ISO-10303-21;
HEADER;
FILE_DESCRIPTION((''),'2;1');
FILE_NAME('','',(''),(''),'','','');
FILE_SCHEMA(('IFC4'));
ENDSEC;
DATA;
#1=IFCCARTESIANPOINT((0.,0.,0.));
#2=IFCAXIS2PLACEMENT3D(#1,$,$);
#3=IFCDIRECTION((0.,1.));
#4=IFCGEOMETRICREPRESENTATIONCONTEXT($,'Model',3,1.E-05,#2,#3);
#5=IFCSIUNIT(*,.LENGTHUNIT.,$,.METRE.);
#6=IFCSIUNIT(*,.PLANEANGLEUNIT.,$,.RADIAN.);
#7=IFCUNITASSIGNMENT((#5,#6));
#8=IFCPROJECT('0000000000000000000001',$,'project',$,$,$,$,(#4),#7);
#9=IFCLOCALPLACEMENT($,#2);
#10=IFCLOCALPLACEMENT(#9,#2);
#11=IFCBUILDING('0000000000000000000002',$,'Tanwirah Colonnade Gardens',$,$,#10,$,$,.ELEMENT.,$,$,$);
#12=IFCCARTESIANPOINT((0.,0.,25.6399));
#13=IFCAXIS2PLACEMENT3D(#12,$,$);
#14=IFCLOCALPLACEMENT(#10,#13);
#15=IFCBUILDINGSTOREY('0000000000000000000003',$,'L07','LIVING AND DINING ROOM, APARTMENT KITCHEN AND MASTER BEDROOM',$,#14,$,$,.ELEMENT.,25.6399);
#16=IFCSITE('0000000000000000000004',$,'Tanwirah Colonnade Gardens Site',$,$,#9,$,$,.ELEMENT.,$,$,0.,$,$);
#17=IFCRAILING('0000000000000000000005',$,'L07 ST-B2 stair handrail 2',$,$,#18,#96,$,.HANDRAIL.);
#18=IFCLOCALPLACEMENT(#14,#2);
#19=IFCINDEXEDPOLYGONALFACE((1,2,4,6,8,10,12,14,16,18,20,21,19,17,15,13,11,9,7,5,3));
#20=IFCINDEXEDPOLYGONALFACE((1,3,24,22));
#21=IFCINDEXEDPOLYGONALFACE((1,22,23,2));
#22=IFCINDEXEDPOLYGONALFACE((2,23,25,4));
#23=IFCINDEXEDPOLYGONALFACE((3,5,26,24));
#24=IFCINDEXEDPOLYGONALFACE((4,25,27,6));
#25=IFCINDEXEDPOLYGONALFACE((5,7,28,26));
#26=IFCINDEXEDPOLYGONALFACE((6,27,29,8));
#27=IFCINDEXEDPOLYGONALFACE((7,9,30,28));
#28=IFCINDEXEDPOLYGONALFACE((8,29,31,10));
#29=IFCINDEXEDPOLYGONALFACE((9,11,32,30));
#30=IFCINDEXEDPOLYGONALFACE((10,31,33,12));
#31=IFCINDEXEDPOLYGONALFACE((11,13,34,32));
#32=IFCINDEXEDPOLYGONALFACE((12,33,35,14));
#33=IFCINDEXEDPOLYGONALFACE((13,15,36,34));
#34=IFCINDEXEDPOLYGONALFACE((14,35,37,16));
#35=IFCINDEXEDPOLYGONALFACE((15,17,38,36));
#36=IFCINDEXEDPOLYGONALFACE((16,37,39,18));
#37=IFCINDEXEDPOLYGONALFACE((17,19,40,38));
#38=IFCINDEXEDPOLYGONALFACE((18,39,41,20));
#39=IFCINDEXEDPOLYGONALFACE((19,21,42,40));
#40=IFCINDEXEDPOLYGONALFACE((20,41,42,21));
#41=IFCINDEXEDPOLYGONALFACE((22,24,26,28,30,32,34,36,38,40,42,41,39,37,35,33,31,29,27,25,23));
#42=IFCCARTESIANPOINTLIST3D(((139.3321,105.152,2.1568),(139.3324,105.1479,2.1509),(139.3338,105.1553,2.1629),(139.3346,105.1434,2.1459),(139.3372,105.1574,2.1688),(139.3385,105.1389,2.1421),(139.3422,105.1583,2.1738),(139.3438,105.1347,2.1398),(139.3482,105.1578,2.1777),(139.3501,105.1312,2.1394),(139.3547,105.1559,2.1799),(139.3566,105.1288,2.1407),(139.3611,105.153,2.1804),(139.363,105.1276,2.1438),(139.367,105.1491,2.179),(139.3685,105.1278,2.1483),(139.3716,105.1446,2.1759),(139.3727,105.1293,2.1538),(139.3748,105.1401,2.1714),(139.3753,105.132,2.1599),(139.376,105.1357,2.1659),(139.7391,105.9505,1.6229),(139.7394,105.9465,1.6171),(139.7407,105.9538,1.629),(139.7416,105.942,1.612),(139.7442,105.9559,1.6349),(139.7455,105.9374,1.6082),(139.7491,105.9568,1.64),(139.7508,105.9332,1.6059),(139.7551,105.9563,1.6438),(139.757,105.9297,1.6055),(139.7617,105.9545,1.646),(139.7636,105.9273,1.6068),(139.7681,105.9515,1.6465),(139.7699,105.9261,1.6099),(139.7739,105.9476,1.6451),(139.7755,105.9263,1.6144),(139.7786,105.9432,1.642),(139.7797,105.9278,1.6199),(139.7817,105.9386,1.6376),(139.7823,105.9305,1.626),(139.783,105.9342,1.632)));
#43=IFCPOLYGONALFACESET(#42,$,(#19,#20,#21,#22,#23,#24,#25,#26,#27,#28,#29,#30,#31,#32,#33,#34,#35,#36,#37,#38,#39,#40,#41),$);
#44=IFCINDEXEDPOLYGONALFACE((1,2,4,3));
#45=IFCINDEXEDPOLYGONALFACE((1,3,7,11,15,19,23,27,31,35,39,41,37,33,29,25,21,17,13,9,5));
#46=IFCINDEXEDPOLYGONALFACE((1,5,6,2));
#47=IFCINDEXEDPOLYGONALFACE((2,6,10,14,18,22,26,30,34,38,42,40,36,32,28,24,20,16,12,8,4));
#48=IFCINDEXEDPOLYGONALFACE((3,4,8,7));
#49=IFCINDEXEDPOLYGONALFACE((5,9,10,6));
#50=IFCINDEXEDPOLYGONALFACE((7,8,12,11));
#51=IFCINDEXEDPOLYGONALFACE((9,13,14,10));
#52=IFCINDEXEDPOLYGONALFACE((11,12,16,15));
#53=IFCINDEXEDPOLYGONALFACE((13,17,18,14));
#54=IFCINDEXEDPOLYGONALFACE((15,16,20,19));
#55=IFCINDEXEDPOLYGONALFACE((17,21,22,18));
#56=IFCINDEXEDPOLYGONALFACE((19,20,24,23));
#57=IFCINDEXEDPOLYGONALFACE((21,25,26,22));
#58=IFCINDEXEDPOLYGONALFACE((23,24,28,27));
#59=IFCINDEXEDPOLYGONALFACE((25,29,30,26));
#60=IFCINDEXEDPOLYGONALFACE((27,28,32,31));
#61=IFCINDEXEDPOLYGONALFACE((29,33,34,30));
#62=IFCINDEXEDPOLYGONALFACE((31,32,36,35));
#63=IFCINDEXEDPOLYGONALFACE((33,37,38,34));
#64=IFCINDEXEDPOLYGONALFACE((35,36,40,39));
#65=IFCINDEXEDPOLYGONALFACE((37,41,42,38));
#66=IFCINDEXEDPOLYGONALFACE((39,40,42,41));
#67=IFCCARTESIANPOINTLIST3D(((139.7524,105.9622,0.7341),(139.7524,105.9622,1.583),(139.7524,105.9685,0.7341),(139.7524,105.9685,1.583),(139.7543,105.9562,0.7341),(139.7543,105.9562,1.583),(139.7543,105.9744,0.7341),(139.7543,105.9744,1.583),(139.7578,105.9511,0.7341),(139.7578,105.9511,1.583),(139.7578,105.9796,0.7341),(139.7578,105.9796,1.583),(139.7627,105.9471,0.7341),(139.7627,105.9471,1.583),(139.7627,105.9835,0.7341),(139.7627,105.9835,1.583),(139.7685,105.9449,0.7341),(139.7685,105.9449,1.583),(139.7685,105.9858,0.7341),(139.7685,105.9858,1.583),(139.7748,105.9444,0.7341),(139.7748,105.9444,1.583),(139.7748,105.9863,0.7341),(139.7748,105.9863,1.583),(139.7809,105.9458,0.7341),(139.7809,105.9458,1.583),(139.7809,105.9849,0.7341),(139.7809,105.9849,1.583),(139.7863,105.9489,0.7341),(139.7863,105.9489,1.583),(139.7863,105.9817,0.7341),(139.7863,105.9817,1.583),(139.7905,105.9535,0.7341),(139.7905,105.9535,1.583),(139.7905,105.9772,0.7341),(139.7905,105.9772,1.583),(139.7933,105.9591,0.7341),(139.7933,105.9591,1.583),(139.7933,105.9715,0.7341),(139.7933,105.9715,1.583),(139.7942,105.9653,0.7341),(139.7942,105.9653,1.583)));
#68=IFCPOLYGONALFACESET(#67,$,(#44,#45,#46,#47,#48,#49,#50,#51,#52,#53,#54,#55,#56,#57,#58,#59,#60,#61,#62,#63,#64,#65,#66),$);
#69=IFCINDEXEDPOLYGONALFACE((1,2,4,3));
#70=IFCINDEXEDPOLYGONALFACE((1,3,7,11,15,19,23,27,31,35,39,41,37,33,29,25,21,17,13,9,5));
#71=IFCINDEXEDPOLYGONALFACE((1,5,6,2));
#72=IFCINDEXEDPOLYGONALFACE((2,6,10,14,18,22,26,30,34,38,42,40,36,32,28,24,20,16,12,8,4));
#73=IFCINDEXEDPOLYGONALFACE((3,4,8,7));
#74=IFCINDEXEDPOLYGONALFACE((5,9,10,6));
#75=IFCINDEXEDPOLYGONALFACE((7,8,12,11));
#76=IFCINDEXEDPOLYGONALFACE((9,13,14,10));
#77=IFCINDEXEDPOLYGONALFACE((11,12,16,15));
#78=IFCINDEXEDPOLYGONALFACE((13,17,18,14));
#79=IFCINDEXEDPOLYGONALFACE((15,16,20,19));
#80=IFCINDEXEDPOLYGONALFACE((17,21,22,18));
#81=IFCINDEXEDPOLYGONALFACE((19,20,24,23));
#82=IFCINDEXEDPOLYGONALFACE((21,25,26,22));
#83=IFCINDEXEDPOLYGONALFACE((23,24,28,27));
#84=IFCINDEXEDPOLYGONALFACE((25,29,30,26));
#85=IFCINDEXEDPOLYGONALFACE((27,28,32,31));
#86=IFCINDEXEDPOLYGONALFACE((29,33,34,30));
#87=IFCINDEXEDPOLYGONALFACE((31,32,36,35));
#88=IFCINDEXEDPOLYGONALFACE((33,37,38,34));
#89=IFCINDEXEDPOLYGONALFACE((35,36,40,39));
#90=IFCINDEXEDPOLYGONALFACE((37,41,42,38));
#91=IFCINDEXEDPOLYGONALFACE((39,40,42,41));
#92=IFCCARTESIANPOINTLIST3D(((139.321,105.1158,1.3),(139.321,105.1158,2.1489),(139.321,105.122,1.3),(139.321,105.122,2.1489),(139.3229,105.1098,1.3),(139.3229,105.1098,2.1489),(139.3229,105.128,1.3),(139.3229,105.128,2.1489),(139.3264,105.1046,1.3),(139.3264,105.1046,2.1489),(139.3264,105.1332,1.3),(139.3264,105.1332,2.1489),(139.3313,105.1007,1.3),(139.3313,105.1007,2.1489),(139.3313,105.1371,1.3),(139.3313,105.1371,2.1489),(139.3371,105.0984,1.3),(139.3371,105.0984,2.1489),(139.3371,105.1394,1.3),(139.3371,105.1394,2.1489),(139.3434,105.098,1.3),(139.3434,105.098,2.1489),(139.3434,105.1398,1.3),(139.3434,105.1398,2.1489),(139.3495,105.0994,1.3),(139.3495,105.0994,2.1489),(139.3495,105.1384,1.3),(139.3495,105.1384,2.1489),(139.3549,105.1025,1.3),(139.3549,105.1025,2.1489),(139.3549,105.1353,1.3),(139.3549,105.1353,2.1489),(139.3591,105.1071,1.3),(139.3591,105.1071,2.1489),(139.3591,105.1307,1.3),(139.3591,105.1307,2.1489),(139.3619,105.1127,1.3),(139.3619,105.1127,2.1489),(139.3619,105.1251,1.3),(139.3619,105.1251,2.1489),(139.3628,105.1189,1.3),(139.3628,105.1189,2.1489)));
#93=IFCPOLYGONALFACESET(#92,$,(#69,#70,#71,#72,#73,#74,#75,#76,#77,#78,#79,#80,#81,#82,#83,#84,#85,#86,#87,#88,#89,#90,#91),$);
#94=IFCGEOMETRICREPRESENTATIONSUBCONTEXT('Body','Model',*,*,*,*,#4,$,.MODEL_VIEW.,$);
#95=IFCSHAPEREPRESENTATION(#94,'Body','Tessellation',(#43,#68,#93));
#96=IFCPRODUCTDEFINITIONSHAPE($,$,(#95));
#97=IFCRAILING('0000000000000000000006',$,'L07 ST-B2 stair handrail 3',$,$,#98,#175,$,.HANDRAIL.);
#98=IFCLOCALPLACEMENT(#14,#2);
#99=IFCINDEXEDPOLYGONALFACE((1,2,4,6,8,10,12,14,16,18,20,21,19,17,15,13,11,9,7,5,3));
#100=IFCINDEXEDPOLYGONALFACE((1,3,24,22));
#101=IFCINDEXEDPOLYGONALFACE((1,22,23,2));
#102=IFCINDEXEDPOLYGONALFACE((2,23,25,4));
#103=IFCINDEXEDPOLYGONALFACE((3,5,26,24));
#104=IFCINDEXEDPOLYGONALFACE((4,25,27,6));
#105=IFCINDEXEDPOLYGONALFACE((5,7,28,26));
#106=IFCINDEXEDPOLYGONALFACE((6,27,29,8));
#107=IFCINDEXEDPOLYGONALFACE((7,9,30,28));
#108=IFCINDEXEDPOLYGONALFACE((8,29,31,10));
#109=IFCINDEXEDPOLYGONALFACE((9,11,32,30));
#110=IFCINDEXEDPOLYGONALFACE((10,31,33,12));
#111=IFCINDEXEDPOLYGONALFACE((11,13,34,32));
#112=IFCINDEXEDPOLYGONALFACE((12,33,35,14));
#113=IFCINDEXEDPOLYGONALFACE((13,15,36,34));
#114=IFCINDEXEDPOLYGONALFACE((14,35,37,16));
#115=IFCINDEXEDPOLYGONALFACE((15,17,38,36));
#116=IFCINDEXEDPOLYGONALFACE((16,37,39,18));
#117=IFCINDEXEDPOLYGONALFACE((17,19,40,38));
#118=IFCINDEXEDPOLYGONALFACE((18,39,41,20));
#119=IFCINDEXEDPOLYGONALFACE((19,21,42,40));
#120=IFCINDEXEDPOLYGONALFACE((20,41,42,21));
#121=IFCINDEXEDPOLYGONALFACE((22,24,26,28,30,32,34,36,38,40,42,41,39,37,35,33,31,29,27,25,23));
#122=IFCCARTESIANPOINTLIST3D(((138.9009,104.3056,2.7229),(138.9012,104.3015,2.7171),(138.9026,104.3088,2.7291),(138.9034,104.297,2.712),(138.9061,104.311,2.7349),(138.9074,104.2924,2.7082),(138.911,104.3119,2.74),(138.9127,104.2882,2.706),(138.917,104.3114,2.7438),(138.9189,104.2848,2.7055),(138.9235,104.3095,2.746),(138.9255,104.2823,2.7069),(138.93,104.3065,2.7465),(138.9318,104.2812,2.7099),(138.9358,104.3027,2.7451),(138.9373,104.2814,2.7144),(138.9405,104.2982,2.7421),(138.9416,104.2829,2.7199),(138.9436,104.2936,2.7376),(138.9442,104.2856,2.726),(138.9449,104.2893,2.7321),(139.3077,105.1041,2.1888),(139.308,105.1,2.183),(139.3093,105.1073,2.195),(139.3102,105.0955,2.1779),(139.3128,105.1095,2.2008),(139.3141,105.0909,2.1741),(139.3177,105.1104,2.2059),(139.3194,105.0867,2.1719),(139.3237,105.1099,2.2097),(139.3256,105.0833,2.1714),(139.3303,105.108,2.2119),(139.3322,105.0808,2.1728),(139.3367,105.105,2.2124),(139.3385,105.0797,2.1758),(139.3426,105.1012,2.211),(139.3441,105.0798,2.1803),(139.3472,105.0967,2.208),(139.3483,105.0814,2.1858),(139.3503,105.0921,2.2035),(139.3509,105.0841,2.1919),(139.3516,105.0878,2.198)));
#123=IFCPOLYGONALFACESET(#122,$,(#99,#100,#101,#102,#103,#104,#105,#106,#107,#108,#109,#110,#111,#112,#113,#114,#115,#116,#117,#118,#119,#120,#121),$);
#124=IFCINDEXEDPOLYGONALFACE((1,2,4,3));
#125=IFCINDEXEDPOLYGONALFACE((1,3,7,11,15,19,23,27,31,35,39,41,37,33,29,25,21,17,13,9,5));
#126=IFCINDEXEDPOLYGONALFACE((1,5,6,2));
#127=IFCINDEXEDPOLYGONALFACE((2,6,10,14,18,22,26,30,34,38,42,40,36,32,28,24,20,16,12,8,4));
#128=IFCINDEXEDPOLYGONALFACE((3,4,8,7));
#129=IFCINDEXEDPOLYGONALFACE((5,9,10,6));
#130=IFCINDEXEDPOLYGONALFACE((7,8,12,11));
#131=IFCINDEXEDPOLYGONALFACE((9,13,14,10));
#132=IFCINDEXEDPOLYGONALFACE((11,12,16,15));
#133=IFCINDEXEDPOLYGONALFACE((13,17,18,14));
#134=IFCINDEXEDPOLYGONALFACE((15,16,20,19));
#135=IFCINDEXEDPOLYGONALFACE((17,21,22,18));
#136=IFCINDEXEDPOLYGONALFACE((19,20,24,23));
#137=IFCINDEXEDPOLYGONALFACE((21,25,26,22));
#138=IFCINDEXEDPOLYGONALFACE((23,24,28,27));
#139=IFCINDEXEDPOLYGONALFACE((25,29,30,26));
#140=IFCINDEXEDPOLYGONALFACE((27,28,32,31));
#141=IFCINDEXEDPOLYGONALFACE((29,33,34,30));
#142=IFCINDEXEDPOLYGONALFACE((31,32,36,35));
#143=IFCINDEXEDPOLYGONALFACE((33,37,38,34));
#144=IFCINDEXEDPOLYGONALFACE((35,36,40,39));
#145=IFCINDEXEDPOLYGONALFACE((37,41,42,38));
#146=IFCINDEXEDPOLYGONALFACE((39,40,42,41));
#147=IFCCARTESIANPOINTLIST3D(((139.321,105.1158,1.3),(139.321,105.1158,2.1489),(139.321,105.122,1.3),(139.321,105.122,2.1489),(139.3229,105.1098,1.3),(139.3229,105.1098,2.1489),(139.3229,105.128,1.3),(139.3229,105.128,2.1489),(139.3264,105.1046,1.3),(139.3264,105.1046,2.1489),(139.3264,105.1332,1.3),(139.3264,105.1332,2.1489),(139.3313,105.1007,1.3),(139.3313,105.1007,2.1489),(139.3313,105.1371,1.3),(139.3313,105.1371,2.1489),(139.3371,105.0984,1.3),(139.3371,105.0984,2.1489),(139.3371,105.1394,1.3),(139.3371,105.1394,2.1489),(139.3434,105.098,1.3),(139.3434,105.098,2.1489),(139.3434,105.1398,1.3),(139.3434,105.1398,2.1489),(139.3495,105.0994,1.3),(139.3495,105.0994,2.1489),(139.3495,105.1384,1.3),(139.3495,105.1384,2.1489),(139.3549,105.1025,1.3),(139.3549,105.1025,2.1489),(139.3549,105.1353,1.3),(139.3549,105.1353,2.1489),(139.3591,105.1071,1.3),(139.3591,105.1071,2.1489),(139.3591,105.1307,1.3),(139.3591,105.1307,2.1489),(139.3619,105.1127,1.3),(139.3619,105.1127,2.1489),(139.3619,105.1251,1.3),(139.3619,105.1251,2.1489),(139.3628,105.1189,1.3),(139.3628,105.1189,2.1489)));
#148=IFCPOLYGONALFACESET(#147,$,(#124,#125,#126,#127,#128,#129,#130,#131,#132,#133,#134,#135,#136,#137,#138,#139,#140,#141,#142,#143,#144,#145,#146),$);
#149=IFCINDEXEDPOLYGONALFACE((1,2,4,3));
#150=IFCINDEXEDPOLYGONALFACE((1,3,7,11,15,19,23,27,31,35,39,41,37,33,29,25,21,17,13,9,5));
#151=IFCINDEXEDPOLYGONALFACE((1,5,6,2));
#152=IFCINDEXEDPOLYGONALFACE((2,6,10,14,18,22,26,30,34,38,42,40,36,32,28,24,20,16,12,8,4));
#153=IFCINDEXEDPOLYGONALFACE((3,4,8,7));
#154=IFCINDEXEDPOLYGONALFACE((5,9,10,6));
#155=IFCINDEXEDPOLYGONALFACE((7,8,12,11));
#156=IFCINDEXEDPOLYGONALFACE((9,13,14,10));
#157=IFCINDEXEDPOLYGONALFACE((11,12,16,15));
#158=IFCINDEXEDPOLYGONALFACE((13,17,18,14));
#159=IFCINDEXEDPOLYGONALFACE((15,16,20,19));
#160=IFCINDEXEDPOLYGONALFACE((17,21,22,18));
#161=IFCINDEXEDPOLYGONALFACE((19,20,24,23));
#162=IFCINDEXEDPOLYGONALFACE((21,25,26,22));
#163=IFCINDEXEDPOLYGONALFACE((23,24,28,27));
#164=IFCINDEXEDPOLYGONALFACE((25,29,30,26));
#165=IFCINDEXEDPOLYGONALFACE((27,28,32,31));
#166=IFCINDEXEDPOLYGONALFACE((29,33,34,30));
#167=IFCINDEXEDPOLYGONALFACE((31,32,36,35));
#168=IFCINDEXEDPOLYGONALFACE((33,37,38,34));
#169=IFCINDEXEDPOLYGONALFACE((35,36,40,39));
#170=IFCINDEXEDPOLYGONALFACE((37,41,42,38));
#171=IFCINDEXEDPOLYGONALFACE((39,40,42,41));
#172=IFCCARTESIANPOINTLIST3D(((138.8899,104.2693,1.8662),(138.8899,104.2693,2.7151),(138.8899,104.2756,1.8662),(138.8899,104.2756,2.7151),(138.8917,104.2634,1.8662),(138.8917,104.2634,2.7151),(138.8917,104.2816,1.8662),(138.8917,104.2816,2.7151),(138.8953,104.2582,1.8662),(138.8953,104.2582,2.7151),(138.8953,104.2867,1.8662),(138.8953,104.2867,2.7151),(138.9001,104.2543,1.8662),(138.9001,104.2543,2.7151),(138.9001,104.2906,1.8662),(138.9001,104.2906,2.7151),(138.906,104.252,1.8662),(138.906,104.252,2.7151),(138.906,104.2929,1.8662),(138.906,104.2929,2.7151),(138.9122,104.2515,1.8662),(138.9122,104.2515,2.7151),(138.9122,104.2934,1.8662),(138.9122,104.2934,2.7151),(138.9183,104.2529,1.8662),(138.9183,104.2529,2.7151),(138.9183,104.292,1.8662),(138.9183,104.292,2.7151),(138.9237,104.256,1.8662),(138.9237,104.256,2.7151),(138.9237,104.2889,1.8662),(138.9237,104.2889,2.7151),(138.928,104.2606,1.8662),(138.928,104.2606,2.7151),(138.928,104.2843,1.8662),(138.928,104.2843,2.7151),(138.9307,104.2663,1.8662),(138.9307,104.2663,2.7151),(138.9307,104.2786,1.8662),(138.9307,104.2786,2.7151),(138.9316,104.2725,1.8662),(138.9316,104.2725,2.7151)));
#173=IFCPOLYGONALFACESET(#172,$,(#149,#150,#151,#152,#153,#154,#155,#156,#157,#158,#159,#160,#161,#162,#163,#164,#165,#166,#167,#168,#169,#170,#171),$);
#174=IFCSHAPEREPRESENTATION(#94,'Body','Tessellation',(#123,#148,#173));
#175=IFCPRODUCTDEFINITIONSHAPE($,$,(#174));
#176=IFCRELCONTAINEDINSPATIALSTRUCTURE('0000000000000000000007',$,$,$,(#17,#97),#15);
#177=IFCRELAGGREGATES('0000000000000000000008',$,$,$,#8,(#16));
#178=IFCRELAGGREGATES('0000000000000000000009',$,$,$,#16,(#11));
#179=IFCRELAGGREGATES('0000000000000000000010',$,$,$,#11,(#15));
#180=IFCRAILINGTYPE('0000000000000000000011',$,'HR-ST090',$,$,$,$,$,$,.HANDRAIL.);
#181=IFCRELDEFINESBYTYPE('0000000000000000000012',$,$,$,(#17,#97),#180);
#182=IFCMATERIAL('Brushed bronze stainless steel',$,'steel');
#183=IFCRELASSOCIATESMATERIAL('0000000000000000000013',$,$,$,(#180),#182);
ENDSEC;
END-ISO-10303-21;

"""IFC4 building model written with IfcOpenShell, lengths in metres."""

from ifc_helpers import new_model, si_unit, direction, frame, origin, origin_2d, place, context, subcontext, project, spatial, circle, extrude, material, type_object, element, save


model = new_model("IFC4")

# Units and contexts
model_context = context("Model", 3, precision=1e-05, world=origin(), true_north=direction((0.0, 1.0)))
body_context = subcontext(model_context, "Body", "Model", "MODEL_VIEW")
ifc_project = project(units=[si_unit("LENGTHUNIT", "METRE"), si_unit("PLANEANGLEUNIT", "RADIAN")], contexts=[model_context])

# Site, building, storey
site_placement = place(None, origin())
site = spatial("IfcSite", under=ifc_project, at=site_placement, Name="Tanwirah Colonnade Gardens Site", CompositionType="ELEMENT", RefElevation=0.0)
building_placement = place(site_placement, origin())
building = spatial("IfcBuilding", under=site, at=building_placement, Name="Tanwirah Colonnade Gardens", CompositionType="ELEMENT")
storey_placement = place(building_placement, frame((0.0, 0.0, 25.6399)))
storey = spatial("IfcBuildingStorey", under=building, at=storey_placement, Name="L07", Description="LIVING AND DINING ROOM, APARTMENT KITCHEN AND MASTER BEDROOM", CompositionType="ELEMENT", Elevation=25.6399)

# Railings
ifc_material_1 = material(Name="Brushed bronze stainless steel", Category="steel")
railing_type_1 = type_object("IfcRailingType", Name="HR-ST090", PredefinedType="HANDRAIL", material=ifc_material_1)
railing_1_placement = place(storey_placement, frame((139.7732, 105.9653, 0.7341)))
element("IfcRailing", 1, at=railing_1_placement, inside=storey, type_object=railing_type_1, Name="L07 ST-B2 stair handrail 2", PredefinedType="HANDRAIL", context=body_context, shape_type="SweptSolid", body=[
    extrude(circle(Radius=0.0239, at=origin_2d()), frame((-0.0122, -0.0239, 0.8918), z_axis=(-0.390118, -0.765443, 0.511767), x_axis=(0.890957, -0.454087, 0.0)), (0.0, 0.0, 1.0), 1.0432),
    extrude(circle(Radius=0.021, at=origin_2d()), origin(), (0.0, 0.0, 1.0), 0.8489),
    extrude(circle(Radius=0.021, at=origin_2d()), frame((-0.4314, -0.8464, 0.5659)), (0.0, 0.0, 1.0), 0.8489),
])
railing_2_placement = place(storey_placement, frame((139.3418, 105.1189, 1.3)))
element("IfcRailing", 2, at=railing_2_placement, inside=storey, type_object=railing_type_1, Name="L07 ST-B2 stair handrail 3", PredefinedType="HANDRAIL", context=body_context, shape_type="SweptSolid", body=[
    extrude(circle(Radius=0.0239, at=origin_2d()), frame((-0.0122, -0.0239, 0.8918), z_axis=(-0.389886, -0.765422, 0.511974), x_axis=(0.891061, -0.453883, 0.0)), (0.0, 0.0, 1.0), 1.0432),
    extrude(circle(Radius=0.021, at=origin_2d()), origin(), (0.0, 0.0, 1.0), 0.8489),
    extrude(circle(Radius=0.021, at=origin_2d()), frame((-0.4312, -0.8464, 0.5662)), (0.0, 0.0, 1.0), 0.8489),
])

save(model, "model.ifc")
